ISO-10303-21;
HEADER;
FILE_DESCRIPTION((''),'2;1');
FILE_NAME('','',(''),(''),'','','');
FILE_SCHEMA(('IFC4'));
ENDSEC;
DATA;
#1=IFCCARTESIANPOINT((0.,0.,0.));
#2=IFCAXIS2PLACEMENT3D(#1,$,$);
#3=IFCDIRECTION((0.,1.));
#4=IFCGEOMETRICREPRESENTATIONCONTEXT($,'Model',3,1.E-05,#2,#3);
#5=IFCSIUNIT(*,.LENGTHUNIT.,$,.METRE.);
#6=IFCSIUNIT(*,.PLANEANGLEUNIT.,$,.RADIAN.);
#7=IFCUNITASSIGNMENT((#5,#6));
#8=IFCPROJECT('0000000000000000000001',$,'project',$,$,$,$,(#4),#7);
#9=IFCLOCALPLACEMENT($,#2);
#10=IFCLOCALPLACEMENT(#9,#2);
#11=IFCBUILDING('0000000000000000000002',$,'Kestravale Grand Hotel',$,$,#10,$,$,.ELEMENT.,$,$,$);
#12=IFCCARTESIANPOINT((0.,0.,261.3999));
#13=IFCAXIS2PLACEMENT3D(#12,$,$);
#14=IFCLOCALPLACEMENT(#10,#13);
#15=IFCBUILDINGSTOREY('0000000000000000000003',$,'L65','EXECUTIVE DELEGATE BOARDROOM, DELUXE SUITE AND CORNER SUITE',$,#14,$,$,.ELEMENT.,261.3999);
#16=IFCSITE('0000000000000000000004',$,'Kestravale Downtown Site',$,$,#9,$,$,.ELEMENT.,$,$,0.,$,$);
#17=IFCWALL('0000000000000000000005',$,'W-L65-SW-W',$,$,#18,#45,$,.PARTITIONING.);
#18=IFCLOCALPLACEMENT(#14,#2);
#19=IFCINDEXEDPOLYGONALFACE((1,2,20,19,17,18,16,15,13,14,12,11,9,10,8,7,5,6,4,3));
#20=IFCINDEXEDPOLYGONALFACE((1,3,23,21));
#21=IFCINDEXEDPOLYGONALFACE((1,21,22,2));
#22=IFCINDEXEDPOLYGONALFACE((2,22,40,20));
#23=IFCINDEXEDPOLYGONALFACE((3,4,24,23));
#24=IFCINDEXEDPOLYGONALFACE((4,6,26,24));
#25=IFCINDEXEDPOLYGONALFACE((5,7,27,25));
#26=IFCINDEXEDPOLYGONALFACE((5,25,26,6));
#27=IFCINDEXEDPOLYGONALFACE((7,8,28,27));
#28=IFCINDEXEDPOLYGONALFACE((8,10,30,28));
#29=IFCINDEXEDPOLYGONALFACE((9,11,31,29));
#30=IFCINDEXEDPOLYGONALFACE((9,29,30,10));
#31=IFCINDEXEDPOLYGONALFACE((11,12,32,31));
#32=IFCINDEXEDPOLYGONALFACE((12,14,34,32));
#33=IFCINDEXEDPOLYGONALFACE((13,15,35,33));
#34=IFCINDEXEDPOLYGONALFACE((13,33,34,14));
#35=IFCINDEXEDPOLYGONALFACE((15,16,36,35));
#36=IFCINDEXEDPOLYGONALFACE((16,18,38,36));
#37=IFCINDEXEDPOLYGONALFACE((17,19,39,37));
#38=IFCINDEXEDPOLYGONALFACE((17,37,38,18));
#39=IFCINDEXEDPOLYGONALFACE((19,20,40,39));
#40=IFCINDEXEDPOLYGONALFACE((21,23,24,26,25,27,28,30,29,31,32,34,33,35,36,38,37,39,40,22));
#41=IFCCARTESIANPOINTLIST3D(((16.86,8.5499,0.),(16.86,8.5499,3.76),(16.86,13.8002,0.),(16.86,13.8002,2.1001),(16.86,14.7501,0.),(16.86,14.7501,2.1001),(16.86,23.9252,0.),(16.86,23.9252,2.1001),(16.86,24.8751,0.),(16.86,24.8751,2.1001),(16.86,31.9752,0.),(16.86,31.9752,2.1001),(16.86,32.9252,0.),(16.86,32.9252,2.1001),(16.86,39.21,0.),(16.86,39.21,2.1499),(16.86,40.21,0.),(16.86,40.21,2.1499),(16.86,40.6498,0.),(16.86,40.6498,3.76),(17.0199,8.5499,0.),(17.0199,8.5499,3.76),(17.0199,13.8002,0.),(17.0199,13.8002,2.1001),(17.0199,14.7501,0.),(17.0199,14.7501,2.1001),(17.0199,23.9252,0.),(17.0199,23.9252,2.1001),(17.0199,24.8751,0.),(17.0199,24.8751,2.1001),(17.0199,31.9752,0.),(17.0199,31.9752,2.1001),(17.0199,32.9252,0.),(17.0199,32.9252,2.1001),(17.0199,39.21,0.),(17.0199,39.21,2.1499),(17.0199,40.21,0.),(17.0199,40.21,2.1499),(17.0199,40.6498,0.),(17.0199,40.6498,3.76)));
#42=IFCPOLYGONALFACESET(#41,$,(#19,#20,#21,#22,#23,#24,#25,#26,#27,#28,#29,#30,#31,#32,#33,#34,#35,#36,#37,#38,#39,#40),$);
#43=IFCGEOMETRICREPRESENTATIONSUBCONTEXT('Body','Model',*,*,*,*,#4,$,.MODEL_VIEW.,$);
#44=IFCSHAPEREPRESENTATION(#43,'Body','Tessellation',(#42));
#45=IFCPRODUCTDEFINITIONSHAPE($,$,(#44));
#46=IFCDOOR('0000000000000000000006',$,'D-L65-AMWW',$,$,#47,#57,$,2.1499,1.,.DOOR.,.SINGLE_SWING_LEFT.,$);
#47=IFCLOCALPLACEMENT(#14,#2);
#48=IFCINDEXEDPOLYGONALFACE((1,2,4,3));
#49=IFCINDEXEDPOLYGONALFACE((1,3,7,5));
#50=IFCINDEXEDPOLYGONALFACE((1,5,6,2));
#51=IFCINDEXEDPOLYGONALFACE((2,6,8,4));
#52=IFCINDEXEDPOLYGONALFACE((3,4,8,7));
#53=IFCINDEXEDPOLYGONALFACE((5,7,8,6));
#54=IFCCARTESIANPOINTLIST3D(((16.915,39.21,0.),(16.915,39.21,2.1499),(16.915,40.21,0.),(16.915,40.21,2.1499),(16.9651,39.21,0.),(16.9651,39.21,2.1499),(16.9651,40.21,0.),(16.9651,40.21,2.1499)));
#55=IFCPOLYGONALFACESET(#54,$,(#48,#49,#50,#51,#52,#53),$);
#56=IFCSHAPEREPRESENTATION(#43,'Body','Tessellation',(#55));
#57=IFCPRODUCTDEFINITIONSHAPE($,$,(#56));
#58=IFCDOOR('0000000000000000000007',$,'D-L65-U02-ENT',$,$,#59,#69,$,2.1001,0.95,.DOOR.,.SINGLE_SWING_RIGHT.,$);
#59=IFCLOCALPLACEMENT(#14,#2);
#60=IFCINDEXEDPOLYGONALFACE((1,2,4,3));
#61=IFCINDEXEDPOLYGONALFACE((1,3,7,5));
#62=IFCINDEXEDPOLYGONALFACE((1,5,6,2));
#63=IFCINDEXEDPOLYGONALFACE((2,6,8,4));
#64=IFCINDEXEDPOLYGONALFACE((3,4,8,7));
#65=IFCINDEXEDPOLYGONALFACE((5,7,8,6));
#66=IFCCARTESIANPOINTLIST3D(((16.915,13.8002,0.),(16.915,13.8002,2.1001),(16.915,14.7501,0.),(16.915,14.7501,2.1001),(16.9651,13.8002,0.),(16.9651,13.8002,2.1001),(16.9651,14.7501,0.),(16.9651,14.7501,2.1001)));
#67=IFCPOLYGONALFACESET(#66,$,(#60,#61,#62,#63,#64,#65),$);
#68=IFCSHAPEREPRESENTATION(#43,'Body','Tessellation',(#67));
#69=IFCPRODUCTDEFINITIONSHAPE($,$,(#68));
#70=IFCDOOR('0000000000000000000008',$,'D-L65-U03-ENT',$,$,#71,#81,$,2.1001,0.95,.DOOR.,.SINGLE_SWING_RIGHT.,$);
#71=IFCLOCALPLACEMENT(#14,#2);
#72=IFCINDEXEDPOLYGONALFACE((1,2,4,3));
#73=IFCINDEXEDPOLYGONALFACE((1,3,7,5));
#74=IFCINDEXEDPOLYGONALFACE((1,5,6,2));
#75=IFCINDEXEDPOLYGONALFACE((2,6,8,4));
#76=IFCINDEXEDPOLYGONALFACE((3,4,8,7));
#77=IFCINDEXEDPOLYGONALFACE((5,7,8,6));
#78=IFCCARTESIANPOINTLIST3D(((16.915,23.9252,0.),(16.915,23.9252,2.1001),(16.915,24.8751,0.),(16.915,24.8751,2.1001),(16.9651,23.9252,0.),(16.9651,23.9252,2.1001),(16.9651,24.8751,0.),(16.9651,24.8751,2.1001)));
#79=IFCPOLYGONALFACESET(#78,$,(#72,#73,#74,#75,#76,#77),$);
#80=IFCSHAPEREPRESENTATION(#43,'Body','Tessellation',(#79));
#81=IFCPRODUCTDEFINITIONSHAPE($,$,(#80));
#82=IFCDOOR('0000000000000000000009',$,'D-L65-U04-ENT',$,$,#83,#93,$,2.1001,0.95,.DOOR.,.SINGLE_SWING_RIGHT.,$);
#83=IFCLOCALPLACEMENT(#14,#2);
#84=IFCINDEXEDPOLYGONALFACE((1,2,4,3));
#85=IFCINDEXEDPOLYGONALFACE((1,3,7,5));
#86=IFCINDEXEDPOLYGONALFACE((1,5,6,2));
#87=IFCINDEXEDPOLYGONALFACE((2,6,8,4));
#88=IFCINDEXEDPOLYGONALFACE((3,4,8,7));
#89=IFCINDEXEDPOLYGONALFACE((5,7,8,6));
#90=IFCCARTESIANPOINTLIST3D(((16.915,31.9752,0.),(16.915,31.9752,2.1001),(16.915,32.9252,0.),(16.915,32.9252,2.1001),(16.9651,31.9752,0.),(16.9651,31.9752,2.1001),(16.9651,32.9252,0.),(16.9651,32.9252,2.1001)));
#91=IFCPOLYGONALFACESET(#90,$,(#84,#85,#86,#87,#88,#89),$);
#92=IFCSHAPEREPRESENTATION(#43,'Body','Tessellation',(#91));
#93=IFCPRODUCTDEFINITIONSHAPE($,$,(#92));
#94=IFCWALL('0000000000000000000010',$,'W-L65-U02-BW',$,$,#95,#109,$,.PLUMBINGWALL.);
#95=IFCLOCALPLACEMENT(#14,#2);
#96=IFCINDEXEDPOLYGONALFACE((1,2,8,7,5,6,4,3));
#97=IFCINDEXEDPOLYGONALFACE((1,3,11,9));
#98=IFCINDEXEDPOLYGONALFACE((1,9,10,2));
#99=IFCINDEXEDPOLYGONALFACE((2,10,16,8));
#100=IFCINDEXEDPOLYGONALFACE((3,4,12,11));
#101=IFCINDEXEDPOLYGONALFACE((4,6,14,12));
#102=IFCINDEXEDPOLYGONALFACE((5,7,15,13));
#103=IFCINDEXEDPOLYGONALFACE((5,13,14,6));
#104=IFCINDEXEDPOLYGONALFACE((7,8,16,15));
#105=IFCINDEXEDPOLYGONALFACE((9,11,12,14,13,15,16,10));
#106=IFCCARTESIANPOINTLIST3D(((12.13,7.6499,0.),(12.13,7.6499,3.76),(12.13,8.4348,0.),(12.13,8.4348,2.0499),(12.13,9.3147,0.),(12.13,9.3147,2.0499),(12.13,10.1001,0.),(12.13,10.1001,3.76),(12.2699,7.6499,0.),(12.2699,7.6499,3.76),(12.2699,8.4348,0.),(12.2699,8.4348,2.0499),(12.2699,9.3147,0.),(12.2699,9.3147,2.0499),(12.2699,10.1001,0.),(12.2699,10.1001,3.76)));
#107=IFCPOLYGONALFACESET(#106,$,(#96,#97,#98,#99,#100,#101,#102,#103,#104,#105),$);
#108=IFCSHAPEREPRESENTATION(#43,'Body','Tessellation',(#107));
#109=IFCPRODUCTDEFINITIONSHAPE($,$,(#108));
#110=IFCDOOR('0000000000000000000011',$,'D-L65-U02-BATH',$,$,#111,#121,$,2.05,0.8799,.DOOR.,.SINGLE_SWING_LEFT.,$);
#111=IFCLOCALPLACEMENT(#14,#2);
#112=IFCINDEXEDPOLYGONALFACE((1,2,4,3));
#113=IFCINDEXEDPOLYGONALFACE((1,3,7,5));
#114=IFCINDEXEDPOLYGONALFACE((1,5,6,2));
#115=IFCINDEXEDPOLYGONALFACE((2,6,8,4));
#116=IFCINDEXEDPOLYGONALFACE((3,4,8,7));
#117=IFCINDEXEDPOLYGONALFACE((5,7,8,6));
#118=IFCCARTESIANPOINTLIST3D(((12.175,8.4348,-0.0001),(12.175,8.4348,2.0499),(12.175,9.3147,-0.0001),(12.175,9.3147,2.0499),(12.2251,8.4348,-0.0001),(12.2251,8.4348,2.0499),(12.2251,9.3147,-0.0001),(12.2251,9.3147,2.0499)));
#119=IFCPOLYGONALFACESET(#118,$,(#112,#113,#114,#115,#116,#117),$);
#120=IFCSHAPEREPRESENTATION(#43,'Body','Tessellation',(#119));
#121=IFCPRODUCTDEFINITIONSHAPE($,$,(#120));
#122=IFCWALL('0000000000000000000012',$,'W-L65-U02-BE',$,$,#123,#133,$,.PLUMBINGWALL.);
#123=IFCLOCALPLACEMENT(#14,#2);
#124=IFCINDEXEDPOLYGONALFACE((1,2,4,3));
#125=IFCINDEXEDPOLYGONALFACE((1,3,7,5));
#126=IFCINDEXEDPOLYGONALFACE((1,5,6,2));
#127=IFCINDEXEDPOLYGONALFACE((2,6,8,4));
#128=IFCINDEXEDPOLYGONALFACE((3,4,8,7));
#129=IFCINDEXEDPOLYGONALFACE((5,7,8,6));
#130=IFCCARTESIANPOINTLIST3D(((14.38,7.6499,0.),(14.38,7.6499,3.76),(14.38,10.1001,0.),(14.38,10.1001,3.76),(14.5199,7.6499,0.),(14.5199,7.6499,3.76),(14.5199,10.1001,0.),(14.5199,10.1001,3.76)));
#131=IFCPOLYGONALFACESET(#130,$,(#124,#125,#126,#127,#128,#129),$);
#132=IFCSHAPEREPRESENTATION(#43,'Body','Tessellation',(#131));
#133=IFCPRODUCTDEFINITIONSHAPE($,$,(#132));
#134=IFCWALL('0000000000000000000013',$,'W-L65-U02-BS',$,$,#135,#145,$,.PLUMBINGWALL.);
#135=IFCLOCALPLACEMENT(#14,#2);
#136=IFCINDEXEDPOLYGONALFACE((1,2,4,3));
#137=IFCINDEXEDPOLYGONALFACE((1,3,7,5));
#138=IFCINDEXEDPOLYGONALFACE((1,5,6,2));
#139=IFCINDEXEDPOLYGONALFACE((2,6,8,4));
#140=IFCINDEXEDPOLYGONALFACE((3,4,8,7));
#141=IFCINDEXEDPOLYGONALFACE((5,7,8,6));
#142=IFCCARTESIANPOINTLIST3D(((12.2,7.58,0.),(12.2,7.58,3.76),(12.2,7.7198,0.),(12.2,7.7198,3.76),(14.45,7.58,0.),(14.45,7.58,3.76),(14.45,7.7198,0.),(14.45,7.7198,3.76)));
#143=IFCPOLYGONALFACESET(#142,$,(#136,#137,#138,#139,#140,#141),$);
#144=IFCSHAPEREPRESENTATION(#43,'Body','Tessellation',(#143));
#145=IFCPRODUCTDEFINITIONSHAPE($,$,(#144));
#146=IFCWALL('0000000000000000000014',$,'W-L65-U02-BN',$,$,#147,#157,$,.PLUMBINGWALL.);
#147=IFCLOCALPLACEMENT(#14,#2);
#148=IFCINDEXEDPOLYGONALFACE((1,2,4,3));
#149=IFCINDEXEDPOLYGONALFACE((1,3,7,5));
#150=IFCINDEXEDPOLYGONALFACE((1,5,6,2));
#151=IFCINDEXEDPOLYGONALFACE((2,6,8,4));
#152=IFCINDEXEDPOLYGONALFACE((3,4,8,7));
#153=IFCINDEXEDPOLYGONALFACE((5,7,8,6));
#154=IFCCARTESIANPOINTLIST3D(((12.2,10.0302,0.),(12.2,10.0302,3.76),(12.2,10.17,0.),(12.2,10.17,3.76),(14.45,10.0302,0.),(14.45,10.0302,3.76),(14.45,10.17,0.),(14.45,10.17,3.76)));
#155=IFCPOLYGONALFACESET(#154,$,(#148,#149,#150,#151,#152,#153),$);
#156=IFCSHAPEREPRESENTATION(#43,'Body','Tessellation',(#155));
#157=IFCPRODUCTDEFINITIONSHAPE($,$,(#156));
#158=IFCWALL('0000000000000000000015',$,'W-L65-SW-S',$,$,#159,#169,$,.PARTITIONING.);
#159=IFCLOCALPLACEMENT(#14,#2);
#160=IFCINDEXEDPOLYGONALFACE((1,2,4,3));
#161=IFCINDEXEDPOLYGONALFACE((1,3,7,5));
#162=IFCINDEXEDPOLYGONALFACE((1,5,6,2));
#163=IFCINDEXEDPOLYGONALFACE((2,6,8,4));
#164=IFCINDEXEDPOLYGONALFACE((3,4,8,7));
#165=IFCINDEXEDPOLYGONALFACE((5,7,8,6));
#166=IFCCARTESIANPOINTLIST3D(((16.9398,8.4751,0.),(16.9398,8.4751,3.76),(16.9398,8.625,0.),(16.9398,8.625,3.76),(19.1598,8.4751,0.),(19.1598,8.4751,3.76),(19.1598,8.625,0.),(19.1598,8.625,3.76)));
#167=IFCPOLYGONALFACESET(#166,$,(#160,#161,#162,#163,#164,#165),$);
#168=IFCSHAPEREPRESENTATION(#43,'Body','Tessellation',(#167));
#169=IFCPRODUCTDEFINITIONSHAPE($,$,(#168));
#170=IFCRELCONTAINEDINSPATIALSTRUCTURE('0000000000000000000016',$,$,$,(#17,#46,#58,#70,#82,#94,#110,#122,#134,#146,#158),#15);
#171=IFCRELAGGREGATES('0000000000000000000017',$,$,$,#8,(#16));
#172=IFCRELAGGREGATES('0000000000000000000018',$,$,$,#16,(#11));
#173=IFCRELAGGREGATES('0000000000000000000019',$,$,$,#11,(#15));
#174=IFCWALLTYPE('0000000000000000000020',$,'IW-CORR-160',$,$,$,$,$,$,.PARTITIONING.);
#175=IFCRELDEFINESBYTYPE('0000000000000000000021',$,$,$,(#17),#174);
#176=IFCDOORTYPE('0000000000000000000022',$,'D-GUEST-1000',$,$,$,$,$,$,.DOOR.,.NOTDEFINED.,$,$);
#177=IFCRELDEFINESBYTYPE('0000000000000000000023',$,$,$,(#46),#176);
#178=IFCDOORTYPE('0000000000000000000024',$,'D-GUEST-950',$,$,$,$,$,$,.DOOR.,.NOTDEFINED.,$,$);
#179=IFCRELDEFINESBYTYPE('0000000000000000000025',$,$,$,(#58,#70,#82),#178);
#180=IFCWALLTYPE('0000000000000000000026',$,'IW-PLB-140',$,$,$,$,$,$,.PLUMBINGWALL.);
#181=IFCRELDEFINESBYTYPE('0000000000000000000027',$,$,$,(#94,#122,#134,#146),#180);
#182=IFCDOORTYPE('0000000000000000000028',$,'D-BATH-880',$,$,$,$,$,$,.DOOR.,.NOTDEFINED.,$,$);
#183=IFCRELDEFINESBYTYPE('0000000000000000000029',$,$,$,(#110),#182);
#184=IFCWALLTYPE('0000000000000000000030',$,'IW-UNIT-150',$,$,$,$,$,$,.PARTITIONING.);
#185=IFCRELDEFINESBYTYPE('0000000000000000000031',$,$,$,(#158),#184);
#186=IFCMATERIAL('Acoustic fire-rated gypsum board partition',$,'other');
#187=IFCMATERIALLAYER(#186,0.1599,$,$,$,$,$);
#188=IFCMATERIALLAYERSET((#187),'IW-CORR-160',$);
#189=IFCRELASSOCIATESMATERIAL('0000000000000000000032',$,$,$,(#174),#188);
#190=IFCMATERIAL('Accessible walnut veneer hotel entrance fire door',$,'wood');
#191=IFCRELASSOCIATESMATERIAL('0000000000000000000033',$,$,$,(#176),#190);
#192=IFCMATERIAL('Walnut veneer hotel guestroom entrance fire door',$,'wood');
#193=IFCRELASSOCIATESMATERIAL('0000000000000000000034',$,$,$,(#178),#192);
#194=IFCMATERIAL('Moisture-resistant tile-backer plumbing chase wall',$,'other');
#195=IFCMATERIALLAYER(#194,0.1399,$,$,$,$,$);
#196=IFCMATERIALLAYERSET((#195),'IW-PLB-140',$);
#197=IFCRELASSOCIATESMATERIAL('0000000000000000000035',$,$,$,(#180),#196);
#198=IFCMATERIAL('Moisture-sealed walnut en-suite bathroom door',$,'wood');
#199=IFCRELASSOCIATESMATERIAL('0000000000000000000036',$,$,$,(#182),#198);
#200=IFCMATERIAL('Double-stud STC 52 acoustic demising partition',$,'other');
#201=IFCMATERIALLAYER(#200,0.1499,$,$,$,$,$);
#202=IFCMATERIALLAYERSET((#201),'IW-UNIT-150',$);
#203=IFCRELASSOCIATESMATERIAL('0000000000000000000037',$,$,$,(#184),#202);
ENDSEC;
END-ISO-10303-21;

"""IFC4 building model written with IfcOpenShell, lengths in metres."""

from ifc_helpers import new_model, si_unit, direction, frame, frame_2d, origin, place, context, subcontext, project, spatial, rectangle, extrude, material, layer, layer_set, type_object, element, fill, save


model = new_model("IFC4")

# Units and contexts
model_context = context("Model", 3, precision=1e-05, world=origin(), true_north=direction((0.0, 1.0)))
body_context = subcontext(model_context, "Body", "Model", "MODEL_VIEW")
ifc_project = project(units=[si_unit("LENGTHUNIT", "METRE"), si_unit("PLANEANGLEUNIT", "RADIAN")], contexts=[model_context])

# Site, building, storey
site_placement = place(None, origin())
site = spatial("IfcSite", under=ifc_project, at=site_placement, Name="Kestravale Downtown Site", CompositionType="ELEMENT", RefElevation=0.0)
building_placement = place(site_placement, origin())
building = spatial("IfcBuilding", under=site, at=building_placement, Name="Kestravale Grand Hotel", CompositionType="ELEMENT")
storey_placement = place(building_placement, frame((0.0, 0.0, 261.3999)))
storey = spatial("IfcBuildingStorey", under=building, at=storey_placement, Name="L65", Description="EXECUTIVE DELEGATE BOARDROOM, DELUXE SUITE AND CORNER SUITE", CompositionType="ELEMENT", Elevation=261.3999)

# Wall, openings, doors
ifc_material_1 = material(Name="Acoustic fire-rated gypsum board partition", Category="other")
ifc_layer_1 = layer(ifc_material_1, 0.1599)
ifc_layer_set_1 = layer_set([ifc_layer_1], Name="IW-CORR-160")
wall_type_1 = type_object("IfcWallType", Name="IW-CORR-160", PredefinedType="PARTITIONING", material=ifc_layer_set_1)
wall_1_placement = place(storey_placement, frame((16.9399, 8.55, 0.0), z_axis=(0.0, 0.0, 1.0), x_axis=(0.0, 1.0, 0.0)))
wall_1 = element("IfcWall", 1, at=wall_1_placement, inside=storey, type_object=wall_type_1, Name="W-L65-SW-W", PredefinedType="PARTITIONING", context=body_context, shape_type="SweptSolid", body=[
    extrude(rectangle(XDim=32.0999, YDim=0.1599, at=frame_2d((16.0498, 0.0))), origin(), (0.0, 0.0, 1.0), 3.76),
])
opening_1_placement = place(wall_1_placement, frame((5.25, 0.0, 0.0)))
opening_1 = element("IfcOpeningElement", 2, at=opening_1_placement, cuts=wall_1, PredefinedType="OPENING", context=body_context, shape_type="SweptSolid", body=[
    extrude(rectangle(XDim=0.95, YDim=2.1001, at=frame_2d((0.4751, 1.05))), frame((0.0, 0.0898, 0.0), z_axis=(0.0, -1.0, 0.0), x_axis=(1.0, 0.0, 0.0)), (0.0, 0.0, 1.0), 0.1799),
])
opening_2_placement = place(wall_1_placement, frame((15.375, 0.0, 0.0)))
opening_2 = element("IfcOpeningElement", 3, at=opening_2_placement, cuts=wall_1, PredefinedType="OPENING", context=body_context, shape_type="SweptSolid", body=[
    extrude(rectangle(XDim=0.95, YDim=2.1001, at=frame_2d((0.4751, 1.05))), frame((0.0, 0.0898, 0.0), z_axis=(0.0, -1.0, 0.0), x_axis=(1.0, 0.0, 0.0)), (0.0, 0.0, 1.0), 0.1799),
])
opening_3_placement = place(wall_1_placement, frame((23.425, 0.0, 0.0)))
opening_3 = element("IfcOpeningElement", 4, at=opening_3_placement, cuts=wall_1, PredefinedType="OPENING", context=body_context, shape_type="SweptSolid", body=[
    extrude(rectangle(XDim=0.95, YDim=2.1001, at=frame_2d((0.4751, 1.05))), frame((0.0, 0.0898, 0.0), z_axis=(0.0, -1.0, 0.0), x_axis=(1.0, 0.0, 0.0)), (0.0, 0.0, 1.0), 0.1799),
])
opening_4_placement = place(wall_1_placement, frame((30.6599, 0.0, 0.0)))
opening_4 = element("IfcOpeningElement", 5, at=opening_4_placement, cuts=wall_1, PredefinedType="OPENING", context=body_context, shape_type="SweptSolid", body=[
    extrude(rectangle(XDim=1.0, YDim=2.1499, at=frame_2d((0.5, 1.075))), frame((0.0, 0.0898, 0.0), z_axis=(0.0, -1.0, 0.0), x_axis=(1.0, 0.0, 0.0)), (0.0, 0.0, 1.0), 0.1799),
])
ifc_material_2 = material(Name="Accessible walnut veneer hotel entrance fire door", Category="wood")
door_type_1 = type_object("IfcDoorType", Name="D-GUEST-1000", OperationType="NOTDEFINED", PredefinedType="DOOR", material=ifc_material_2)
door_1_placement = place(opening_4_placement, origin())
door_1 = element("IfcDoor", 6, at=door_1_placement, inside=storey, type_object=door_type_1, Name="D-L65-AMWW", OperationType="SINGLE_SWING_LEFT", OverallHeight=2.1499, OverallWidth=1.0, PredefinedType="DOOR", context=body_context, shape_type="SweptSolid", body=[
    extrude(rectangle(XDim=1.0, YDim=2.1499, at=frame_2d((0.5, 1.075))), frame((0.0, 0.0249, 0.0), z_axis=(0.0, -1.0, 0.0), x_axis=(1.0, 0.0, 0.0)), (0.0, 0.0, 1.0), 0.05),
])
fill(opening_4, door_1)
ifc_material_3 = material(Name="Walnut veneer hotel guestroom entrance fire door", Category="wood")
door_type_2 = type_object("IfcDoorType", Name="D-GUEST-950", OperationType="NOTDEFINED", PredefinedType="DOOR", material=ifc_material_3)
door_2_placement = place(opening_1_placement, origin())
door_2 = element("IfcDoor", 7, at=door_2_placement, inside=storey, type_object=door_type_2, Name="D-L65-U02-ENT", OperationType="SINGLE_SWING_RIGHT", OverallHeight=2.1001, OverallWidth=0.95, PredefinedType="DOOR", context=body_context, shape_type="SweptSolid", body=[
    extrude(rectangle(XDim=0.95, YDim=2.1001, at=frame_2d((0.4751, 1.05))), frame((0.0, 0.0249, 0.0), z_axis=(0.0, -1.0, 0.0), x_axis=(1.0, 0.0, 0.0)), (0.0, 0.0, 1.0), 0.05),
])
fill(opening_1, door_2)
door_3_placement = place(opening_2_placement, origin())
door_3 = element("IfcDoor", 8, at=door_3_placement, inside=storey, type_object=door_type_2, Name="D-L65-U03-ENT", OperationType="SINGLE_SWING_RIGHT", OverallHeight=2.1001, OverallWidth=0.95, PredefinedType="DOOR", context=body_context, shape_type="SweptSolid", body=[
    extrude(rectangle(XDim=0.95, YDim=2.1001, at=frame_2d((0.4751, 1.05))), frame((0.0, 0.0249, 0.0), z_axis=(0.0, -1.0, 0.0), x_axis=(1.0, 0.0, 0.0)), (0.0, 0.0, 1.0), 0.05),
])
fill(opening_2, door_3)
door_4_placement = place(opening_3_placement, origin())
door_4 = element("IfcDoor", 9, at=door_4_placement, inside=storey, type_object=door_type_2, Name="D-L65-U04-ENT", OperationType="SINGLE_SWING_RIGHT", OverallHeight=2.1001, OverallWidth=0.95, PredefinedType="DOOR", context=body_context, shape_type="SweptSolid", body=[
    extrude(rectangle(XDim=0.95, YDim=2.1001, at=frame_2d((0.4751, 1.05))), frame((0.0, 0.0249, 0.0), z_axis=(0.0, -1.0, 0.0), x_axis=(1.0, 0.0, 0.0)), (0.0, 0.0, 1.0), 0.05),
])
fill(opening_3, door_4)

# Wall, opening, door
ifc_material_4 = material(Name="Moisture-resistant tile-backer plumbing chase wall", Category="other")
ifc_layer_2 = layer(ifc_material_4, 0.1399)
ifc_layer_set_2 = layer_set([ifc_layer_2], Name="IW-PLB-140")
wall_type_2 = type_object("IfcWallType", Name="IW-PLB-140", PredefinedType="PLUMBINGWALL", material=ifc_layer_set_2)
wall_2_placement = place(storey_placement, frame((12.2, 7.6499, 0.0), z_axis=(0.0, 0.0, 1.0), x_axis=(0.0, 1.0, 0.0)))
wall_2 = element("IfcWall", 10, at=wall_2_placement, inside=storey, type_object=wall_type_2, Name="W-L65-U02-BW", PredefinedType="PLUMBINGWALL", context=body_context, shape_type="SweptSolid", body=[
    extrude(rectangle(XDim=2.4502, YDim=0.1399, at=frame_2d((1.2251, 0.0))), origin(), (0.0, 0.0, 1.0), 3.76),
])
opening_5_placement = place(wall_2_placement, frame((0.7849, 0.0, 0.0)))
opening_5 = element("IfcOpeningElement", 11, at=opening_5_placement, cuts=wall_2, PredefinedType="OPENING", context=body_context, shape_type="SweptSolid", body=[
    extrude(rectangle(XDim=0.8799, YDim=2.05, at=frame_2d((0.4399, 1.0249))), frame((0.0, 0.0798, 0.0), z_axis=(0.0, -1.0, 0.0), x_axis=(1.0, 0.0, 0.0)), (0.0, 0.0, 1.0), 0.1599),
])
ifc_material_5 = material(Name="Moisture-sealed walnut en-suite bathroom door", Category="wood")
door_type_3 = type_object("IfcDoorType", Name="D-BATH-880", OperationType="NOTDEFINED", PredefinedType="DOOR", material=ifc_material_5)
door_5_placement = place(opening_5_placement, origin())
door_5 = element("IfcDoor", 12, at=door_5_placement, inside=storey, type_object=door_type_3, Name="D-L65-U02-BATH", OperationType="SINGLE_SWING_LEFT", OverallHeight=2.05, OverallWidth=0.8799, PredefinedType="DOOR", context=body_context, shape_type="SweptSolid", body=[
    extrude(rectangle(XDim=0.8799, YDim=2.05, at=frame_2d((0.4399, 1.0249))), frame((0.0, 0.0249, 0.0), z_axis=(0.0, -1.0, 0.0), x_axis=(1.0, 0.0, 0.0)), (0.0, 0.0, 1.0), 0.05),
])
fill(opening_5, door_5)

# Walls
wall_3_placement = place(storey_placement, frame((14.45, 7.6499, 0.0), z_axis=(0.0, 0.0, 1.0), x_axis=(0.0, 1.0, 0.0)))
element("IfcWall", 13, at=wall_3_placement, inside=storey, type_object=wall_type_2, Name="W-L65-U02-BE", PredefinedType="PLUMBINGWALL", context=body_context, shape_type="SweptSolid", body=[
    extrude(rectangle(XDim=2.4502, YDim=0.1399, at=frame_2d((1.2251, 0.0))), origin(), (0.0, 0.0, 1.0), 3.76),
])
for number, where, z_axis, x_axis, name in (
    (14, (12.2, 7.6499, 0.0), (0.0, 0.0, 1.0), (1.0, 0.0, 0.0), "W-L65-U02-BS"),
    (15, (12.2, 10.1001, 0.0), (0.0, 0.0, 1.0), (1.0, 0.0, 0.0), "W-L65-U02-BN"),
):
    element("IfcWall", number, at=place(storey_placement, frame(where, z_axis=z_axis, x_axis=x_axis)), inside=storey, type_object=wall_type_2, Name=name, PredefinedType="PLUMBINGWALL", context=body_context, shape_type="SweptSolid", body=[
        extrude(rectangle(XDim=2.25, YDim=0.1399, at=frame_2d((1.125, 0.0))), origin(), (0.0, 0.0, 1.0), 3.76),
    ])
ifc_material_6 = material(Name="Double-stud STC 52 acoustic demising partition", Category="other")
ifc_layer_3 = layer(ifc_material_6, 0.1499)
ifc_layer_set_3 = layer_set([ifc_layer_3], Name="IW-UNIT-150")
wall_type_3 = type_object("IfcWallType", Name="IW-UNIT-150", PredefinedType="PARTITIONING", material=ifc_layer_set_3)
wall_4_placement = place(storey_placement, frame((16.9399, 8.55, 0.0), z_axis=(0.0, 0.0, 1.0), x_axis=(1.0, 0.0, 0.0)))
element("IfcWall", 16, at=wall_4_placement, inside=storey, type_object=wall_type_3, Name="W-L65-SW-S", PredefinedType="PARTITIONING", context=body_context, shape_type="SweptSolid", body=[
    extrude(rectangle(XDim=2.22, YDim=0.1499, at=frame_2d((1.1099, 0.0))), origin(), (0.0, 0.0, 1.0), 3.76),
])

save(model, "model.ifc")
